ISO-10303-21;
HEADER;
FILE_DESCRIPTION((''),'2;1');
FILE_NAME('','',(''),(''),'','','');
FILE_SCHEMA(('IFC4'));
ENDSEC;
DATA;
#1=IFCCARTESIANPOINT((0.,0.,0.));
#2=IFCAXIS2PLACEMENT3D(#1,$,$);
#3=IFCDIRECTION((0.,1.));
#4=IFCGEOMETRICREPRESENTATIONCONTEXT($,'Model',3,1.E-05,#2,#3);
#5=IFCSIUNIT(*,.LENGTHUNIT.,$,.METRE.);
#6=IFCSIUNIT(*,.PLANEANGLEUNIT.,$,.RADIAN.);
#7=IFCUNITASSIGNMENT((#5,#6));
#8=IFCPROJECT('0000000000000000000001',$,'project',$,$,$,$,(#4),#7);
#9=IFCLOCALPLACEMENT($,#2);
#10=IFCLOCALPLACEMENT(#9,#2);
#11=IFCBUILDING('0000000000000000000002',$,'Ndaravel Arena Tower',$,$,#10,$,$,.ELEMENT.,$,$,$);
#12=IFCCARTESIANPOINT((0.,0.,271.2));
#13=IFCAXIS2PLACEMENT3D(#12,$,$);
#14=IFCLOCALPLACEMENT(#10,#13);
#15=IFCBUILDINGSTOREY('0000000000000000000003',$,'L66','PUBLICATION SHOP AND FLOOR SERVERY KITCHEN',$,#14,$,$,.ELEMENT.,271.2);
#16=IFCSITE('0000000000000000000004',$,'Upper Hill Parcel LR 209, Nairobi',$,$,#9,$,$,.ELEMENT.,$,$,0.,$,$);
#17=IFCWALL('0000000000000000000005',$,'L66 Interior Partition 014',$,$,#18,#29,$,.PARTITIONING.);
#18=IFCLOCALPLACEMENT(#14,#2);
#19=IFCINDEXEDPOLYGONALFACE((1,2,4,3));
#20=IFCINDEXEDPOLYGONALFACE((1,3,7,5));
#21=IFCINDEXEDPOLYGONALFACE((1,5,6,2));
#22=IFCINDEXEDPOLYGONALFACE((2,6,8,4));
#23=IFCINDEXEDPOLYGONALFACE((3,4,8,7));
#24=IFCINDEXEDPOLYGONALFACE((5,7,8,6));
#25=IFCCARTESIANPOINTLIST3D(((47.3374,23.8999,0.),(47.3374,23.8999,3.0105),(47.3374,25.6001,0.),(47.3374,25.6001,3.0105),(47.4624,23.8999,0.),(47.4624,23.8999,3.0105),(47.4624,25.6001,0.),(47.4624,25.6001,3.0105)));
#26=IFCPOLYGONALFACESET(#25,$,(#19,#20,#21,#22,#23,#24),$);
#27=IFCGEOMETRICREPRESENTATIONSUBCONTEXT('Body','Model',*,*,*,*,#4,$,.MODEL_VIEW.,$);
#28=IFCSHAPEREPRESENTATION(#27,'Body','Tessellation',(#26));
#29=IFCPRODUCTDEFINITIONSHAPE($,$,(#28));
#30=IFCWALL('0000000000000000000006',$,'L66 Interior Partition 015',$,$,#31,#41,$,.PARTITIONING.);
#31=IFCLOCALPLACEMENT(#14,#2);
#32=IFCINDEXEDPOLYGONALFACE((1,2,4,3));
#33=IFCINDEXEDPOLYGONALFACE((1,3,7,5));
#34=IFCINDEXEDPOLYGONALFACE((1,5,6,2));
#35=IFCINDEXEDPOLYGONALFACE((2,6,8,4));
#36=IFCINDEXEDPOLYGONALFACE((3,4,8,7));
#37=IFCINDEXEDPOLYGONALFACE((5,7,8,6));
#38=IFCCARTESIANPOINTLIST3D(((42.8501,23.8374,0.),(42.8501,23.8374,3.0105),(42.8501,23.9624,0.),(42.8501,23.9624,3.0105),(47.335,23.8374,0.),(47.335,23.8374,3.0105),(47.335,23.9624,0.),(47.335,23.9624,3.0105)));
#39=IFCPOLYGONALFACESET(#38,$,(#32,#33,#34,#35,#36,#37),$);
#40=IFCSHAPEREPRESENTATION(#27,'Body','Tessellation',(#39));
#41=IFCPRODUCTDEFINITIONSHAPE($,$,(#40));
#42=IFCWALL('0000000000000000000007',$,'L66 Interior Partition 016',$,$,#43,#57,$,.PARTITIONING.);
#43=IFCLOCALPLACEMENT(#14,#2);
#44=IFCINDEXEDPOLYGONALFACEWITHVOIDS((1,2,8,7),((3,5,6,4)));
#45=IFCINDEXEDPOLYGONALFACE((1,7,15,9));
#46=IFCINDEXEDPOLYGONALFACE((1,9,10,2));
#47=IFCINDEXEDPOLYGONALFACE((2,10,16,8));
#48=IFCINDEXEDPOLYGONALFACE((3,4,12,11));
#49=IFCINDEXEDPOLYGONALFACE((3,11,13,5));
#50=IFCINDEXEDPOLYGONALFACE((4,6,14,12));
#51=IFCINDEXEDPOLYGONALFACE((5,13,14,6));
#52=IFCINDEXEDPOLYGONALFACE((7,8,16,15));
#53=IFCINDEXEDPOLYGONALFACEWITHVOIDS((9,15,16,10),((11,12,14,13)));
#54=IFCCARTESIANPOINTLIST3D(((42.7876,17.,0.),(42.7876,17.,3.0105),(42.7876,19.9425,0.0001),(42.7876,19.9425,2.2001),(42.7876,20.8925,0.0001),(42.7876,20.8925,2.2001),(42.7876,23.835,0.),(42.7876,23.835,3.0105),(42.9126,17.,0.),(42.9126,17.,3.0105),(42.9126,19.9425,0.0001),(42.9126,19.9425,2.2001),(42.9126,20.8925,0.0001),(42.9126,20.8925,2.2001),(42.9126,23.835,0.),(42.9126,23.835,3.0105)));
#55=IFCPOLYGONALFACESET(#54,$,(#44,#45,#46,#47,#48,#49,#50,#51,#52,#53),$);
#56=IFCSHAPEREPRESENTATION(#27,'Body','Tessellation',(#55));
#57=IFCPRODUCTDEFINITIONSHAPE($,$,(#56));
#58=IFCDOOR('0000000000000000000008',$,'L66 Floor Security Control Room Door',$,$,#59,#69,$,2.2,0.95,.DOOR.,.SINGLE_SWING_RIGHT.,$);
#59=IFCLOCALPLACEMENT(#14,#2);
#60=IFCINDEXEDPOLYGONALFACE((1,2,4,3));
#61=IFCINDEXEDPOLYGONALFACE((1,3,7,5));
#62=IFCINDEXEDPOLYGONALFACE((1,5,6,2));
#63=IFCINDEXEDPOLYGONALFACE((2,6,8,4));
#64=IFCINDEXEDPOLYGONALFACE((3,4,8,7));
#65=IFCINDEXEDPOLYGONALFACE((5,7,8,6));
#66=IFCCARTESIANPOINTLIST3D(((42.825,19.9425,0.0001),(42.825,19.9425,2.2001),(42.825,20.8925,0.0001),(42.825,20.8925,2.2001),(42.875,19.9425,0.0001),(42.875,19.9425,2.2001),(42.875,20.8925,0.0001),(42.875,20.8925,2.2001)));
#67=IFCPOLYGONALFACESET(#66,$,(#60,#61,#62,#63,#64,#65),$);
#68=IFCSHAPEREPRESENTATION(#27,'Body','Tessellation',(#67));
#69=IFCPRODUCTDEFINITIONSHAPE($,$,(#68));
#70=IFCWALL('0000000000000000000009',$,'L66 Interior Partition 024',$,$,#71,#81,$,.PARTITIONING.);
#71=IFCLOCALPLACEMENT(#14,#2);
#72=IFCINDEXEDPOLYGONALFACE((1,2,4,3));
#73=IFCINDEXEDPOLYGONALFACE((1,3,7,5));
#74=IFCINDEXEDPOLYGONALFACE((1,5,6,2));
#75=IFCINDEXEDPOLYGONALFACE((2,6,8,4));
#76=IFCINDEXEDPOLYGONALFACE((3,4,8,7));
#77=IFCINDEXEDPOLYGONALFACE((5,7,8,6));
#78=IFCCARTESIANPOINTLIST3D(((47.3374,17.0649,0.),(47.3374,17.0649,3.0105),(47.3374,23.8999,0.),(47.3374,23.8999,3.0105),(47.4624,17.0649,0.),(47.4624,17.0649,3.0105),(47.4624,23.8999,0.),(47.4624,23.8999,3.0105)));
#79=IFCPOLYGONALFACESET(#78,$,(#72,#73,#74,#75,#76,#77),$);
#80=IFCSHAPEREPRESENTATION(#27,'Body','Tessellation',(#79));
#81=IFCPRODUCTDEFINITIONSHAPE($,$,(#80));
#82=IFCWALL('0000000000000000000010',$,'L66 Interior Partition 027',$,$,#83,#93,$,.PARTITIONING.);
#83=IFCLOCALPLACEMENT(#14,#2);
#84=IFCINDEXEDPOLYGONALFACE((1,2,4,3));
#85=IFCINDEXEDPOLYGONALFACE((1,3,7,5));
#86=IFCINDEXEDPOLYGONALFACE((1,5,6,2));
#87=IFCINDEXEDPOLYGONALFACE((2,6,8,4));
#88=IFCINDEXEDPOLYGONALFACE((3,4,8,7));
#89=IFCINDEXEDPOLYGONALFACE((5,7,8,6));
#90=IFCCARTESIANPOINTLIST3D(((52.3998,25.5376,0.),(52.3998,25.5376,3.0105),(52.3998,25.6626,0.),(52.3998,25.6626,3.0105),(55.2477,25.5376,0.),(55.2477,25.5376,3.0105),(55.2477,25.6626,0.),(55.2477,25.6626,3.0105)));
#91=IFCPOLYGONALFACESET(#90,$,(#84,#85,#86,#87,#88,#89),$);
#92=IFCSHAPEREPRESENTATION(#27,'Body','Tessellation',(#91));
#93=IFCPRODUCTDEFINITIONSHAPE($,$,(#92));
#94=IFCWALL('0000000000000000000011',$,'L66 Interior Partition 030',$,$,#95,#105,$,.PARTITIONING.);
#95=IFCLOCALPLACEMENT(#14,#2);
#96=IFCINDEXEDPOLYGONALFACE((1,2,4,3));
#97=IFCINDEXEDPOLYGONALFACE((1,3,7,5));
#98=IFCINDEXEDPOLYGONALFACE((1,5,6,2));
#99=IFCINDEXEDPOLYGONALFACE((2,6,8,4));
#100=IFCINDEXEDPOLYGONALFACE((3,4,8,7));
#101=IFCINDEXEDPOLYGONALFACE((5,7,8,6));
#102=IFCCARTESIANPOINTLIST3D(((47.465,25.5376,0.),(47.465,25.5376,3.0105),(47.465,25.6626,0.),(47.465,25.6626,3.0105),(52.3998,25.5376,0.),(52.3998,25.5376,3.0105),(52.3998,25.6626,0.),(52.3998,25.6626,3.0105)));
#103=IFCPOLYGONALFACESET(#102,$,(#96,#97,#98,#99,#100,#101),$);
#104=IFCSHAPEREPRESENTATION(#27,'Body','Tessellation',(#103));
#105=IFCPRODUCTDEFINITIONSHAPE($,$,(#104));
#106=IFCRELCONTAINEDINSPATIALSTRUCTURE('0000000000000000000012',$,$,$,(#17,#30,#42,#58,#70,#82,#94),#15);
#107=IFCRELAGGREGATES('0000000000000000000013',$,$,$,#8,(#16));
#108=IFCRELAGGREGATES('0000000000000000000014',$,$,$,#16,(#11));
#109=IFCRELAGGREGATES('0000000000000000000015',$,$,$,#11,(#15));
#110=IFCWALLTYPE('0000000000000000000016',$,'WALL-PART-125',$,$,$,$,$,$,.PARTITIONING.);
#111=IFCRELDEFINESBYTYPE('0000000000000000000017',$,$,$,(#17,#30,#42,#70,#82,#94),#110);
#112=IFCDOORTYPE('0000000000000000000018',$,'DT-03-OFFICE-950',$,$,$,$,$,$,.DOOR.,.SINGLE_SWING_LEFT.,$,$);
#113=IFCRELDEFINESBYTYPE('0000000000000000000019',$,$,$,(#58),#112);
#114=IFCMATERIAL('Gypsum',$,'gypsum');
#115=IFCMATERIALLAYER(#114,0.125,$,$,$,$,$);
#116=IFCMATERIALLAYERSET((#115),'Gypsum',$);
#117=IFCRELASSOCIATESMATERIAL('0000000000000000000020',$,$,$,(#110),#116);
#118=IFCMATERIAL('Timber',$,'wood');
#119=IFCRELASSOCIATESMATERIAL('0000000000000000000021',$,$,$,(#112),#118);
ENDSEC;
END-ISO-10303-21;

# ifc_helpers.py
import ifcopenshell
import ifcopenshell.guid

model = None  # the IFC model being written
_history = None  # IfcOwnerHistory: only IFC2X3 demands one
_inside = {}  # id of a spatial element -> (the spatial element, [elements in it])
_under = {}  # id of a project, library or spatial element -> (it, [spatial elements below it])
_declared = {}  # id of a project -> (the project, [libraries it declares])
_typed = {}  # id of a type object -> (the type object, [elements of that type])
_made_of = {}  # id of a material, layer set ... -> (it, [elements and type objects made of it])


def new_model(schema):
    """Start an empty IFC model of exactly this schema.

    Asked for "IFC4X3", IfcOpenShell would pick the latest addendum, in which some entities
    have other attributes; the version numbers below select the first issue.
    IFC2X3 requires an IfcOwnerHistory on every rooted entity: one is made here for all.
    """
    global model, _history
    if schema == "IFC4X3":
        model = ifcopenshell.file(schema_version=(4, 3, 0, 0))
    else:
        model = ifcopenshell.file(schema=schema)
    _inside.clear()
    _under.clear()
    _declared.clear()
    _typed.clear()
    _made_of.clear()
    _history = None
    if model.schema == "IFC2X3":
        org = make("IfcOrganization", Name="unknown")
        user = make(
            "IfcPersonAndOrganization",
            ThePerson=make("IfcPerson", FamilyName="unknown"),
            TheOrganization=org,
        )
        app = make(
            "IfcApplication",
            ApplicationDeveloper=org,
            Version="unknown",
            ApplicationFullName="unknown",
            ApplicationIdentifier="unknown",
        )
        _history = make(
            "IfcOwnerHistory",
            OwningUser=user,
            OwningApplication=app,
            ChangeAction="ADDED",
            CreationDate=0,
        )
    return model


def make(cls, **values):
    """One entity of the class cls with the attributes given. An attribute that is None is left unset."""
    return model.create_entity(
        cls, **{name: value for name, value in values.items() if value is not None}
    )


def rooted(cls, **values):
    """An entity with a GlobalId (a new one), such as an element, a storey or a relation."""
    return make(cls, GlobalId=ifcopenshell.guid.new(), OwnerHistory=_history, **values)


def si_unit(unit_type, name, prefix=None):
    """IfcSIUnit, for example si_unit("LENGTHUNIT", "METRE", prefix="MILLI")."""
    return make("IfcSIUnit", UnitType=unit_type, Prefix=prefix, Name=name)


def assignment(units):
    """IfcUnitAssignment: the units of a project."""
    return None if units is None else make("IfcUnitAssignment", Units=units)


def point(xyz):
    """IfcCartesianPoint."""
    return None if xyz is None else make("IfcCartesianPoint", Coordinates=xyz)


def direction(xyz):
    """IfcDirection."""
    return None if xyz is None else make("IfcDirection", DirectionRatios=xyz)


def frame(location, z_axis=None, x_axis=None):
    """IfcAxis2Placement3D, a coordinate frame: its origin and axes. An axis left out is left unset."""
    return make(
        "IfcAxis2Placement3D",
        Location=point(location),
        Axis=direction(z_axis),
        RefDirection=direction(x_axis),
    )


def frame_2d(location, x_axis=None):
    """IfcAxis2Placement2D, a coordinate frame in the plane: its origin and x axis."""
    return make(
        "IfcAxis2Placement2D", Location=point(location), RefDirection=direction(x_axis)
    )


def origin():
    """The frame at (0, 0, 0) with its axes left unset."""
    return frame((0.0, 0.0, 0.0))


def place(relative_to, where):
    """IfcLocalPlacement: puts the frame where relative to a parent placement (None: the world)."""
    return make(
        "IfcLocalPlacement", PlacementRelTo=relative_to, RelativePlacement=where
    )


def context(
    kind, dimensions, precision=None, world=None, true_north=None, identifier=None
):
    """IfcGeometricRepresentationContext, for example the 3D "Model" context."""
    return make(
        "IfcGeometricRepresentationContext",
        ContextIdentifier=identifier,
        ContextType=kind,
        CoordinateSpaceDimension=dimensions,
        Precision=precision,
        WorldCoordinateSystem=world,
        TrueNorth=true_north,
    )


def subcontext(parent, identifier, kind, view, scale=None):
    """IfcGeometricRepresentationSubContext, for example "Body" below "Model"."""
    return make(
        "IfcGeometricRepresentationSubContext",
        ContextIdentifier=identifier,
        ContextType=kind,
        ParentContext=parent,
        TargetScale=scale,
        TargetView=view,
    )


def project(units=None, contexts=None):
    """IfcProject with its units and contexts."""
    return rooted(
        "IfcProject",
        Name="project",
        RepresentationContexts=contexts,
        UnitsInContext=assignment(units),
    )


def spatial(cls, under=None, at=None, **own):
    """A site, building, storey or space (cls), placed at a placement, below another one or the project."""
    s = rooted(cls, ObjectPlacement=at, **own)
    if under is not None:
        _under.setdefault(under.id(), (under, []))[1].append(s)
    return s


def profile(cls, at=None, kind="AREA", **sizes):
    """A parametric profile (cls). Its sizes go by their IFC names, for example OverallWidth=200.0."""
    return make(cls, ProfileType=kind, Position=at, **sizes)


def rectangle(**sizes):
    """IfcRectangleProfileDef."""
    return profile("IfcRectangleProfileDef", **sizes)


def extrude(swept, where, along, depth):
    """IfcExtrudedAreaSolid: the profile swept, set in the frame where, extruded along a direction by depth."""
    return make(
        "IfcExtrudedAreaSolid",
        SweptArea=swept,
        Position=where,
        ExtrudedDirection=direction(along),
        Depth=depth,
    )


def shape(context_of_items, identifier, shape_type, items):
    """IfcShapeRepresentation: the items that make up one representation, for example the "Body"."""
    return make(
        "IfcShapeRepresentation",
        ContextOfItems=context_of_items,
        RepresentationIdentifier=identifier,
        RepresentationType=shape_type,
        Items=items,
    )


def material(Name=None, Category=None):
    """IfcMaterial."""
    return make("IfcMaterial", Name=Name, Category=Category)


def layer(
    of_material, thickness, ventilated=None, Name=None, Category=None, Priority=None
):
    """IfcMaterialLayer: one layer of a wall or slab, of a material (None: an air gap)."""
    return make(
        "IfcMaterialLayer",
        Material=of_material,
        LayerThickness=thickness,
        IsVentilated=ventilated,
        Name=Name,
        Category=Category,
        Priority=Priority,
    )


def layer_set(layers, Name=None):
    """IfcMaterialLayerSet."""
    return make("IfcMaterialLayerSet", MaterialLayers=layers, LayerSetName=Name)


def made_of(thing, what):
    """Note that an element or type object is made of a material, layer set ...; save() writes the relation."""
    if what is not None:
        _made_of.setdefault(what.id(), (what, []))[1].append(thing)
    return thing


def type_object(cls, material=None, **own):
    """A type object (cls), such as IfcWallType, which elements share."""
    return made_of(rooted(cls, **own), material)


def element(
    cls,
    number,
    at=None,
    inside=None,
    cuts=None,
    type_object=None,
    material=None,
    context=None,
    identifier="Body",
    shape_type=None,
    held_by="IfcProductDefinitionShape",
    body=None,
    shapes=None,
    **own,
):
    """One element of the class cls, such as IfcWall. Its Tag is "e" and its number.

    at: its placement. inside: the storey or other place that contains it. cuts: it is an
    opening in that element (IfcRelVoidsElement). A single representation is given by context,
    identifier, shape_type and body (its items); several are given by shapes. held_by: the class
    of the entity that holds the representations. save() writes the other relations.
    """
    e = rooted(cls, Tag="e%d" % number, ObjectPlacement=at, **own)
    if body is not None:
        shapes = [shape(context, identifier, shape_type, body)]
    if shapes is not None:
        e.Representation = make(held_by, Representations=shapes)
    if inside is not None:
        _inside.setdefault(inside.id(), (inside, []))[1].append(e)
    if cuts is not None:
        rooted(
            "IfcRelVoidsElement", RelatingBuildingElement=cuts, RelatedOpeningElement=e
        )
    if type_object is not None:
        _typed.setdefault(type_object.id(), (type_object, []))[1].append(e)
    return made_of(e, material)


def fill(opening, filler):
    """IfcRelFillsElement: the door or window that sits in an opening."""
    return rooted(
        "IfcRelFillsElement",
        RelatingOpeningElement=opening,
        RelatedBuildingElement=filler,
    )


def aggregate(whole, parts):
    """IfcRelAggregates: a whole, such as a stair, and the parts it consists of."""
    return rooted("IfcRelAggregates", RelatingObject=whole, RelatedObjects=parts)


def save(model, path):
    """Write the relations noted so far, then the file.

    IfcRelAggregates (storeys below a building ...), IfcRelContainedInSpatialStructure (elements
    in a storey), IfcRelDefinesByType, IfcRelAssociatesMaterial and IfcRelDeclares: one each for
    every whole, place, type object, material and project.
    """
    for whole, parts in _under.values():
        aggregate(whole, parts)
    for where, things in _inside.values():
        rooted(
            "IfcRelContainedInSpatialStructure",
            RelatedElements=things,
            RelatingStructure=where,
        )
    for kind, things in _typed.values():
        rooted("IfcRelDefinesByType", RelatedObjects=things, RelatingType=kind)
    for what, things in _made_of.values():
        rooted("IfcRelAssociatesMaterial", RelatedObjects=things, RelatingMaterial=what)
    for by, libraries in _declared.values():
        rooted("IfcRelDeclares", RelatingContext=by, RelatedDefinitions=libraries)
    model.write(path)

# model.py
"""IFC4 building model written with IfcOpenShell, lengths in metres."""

from ifc_helpers import new_model, si_unit, direction, frame, frame_2d, origin, place, context, subcontext, project, spatial, rectangle, extrude, material, layer, layer_set, type_object, element, fill, save


model = new_model("IFC4")

# Units and contexts
model_context = context("Model", 3, precision=1e-05, world=origin(), true_north=direction((0.0, 1.0)))
body_context = subcontext(model_context, "Body", "Model", "MODEL_VIEW")
ifc_project = project(units=[si_unit("LENGTHUNIT", "METRE"), si_unit("PLANEANGLEUNIT", "RADIAN")], contexts=[model_context])

# Site, building, storey
site_placement = place(None, origin())
site = spatial("IfcSite", under=ifc_project, at=site_placement, Name="Upper Hill Parcel LR 209, Nairobi", CompositionType="ELEMENT", RefElevation=0.0)
building_placement = place(site_placement, origin())
building = spatial("IfcBuilding", under=site, at=building_placement, Name="Ndaravel Arena Tower", CompositionType="ELEMENT")
storey_placement = place(building_placement, frame((0.0, 0.0, 271.2)))
storey = spatial("IfcBuildingStorey", under=building, at=storey_placement, Name="L66", Description="PUBLICATION SHOP AND FLOOR SERVERY KITCHEN", CompositionType="ELEMENT", Elevation=271.2)

# Shared definitions
ifc_material_1 = material(Name="Gypsum", Category="gypsum")
ifc_layer_1 = layer(ifc_material_1, 0.125)
ifc_layer_set_1 = layer_set([ifc_layer_1], Name="Gypsum")
wall_type = type_object("IfcWallType", Name="WALL-PART-125", PredefinedType="PARTITIONING", material=ifc_layer_set_1)
ifc_material_2 = material(Name="Timber", Category="wood")
door_type = type_object("IfcDoorType", Name="DT-03-OFFICE-950", OperationType="SINGLE_SWING_LEFT", PredefinedType="DOOR", material=ifc_material_2)

# Walls
wall_1_placement = place(storey_placement, frame((47.3999, 25.6001, 0.0), z_axis=(0.0, 0.0, 1.0), x_axis=(0.0, -1.0, 0.0)))
element("IfcWall", 1, at=wall_1_placement, inside=storey, type_object=wall_type, Name="L66 Interior Partition 014", PredefinedType="PARTITIONING", context=body_context, shape_type="SweptSolid", body=[
    extrude(rectangle(XDim=1.7002, YDim=0.125, at=frame_2d((0.8501, 0.0))), origin(), (0.0, 0.0, 1.0), 3.0105),
])
wall_2_placement = place(storey_placement, frame((47.335, 23.8999, 0.0), z_axis=(0.0, 0.0, 1.0), x_axis=(-1.0, 0.0, 0.0)))
element("IfcWall", 2, at=wall_2_placement, inside=storey, type_object=wall_type, Name="L66 Interior Partition 015", PredefinedType="PARTITIONING", context=body_context, shape_type="SweptSolid", body=[
    extrude(rectangle(XDim=4.4849, YDim=0.125, at=frame_2d((2.2424, 0.0))), origin(), (0.0, 0.0, 1.0), 3.0105),
])

# Wall, opening, door
wall_3_placement = place(storey_placement, frame((42.8501, 23.835, 0.0), z_axis=(0.0, 0.0, 1.0), x_axis=(0.0, -1.0, 0.0)))
wall_3 = element("IfcWall", 3, at=wall_3_placement, inside=storey, type_object=wall_type, Name="L66 Interior Partition 016", PredefinedType="PARTITIONING", context=body_context, shape_type="SweptSolid", body=[
    extrude(rectangle(XDim=6.835, YDim=0.125, at=frame_2d((3.4175, 0.0))), origin(), (0.0, 0.0, 1.0), 3.0105),
])
opening_1_placement = place(wall_3_placement, frame((2.9424, 0.0, 0.0)))
opening_1 = element("IfcOpeningElement", 4, at=opening_1_placement, cuts=wall_3, PredefinedType="OPENING", context=body_context, shape_type="SweptSolid", body=[
    extrude(rectangle(XDim=0.95, YDim=2.2, at=frame_2d((0.4751, 1.1001))), frame((0.0, 0.0625, 0.0), z_axis=(0.0, -1.0, 0.0), x_axis=(1.0, 0.0, 0.0)), (0.0, 0.0, 1.0), 0.125),
])
door_1_placement = place(opening_1_placement, origin())
door_1 = element("IfcDoor", 5, at=door_1_placement, inside=storey, type_object=door_type, Name="L66 Floor Security Control Room Door", OperationType="SINGLE_SWING_RIGHT", OverallHeight=2.2, OverallWidth=0.95, PredefinedType="DOOR", context=body_context, shape_type="SweptSolid", body=[
    extrude(rectangle(XDim=0.95, YDim=2.2, at=frame_2d((0.4751, 1.1001))), frame((0.0, 0.0249, 0.0), z_axis=(0.0, -1.0, 0.0), x_axis=(1.0, 0.0, 0.0)), (0.0, 0.0, 1.0), 0.05),
])
fill(opening_1, door_1)

# Walls
wall_4_placement = place(storey_placement, frame((47.3999, 23.8999, 0.0), z_axis=(0.0, 0.0, 1.0), x_axis=(0.0, -1.0, 0.0)))
element("IfcWall", 6, at=wall_4_placement, inside=storey, type_object=wall_type, Name="L66 Interior Partition 024", PredefinedType="PARTITIONING", context=body_context, shape_type="SweptSolid", body=[
    extrude(rectangle(XDim=6.835, YDim=0.125, at=frame_2d((3.4175, 0.0))), origin(), (0.0, 0.0, 1.0), 3.0105),
])
wall_5_placement = place(storey_placement, frame((52.3999, 25.6001, 0.0), z_axis=(0.0, 0.0, 1.0), x_axis=(1.0, 0.0, 0.0)))
element("IfcWall", 7, at=wall_5_placement, inside=storey, type_object=wall_type, Name="L66 Interior Partition 027", PredefinedType="PARTITIONING", context=body_context, shape_type="SweptSolid", body=[
    extrude(rectangle(XDim=2.8479, YDim=0.125, at=frame_2d((1.4238, 0.0))), origin(), (0.0, 0.0, 1.0), 3.0105),
])
wall_6_placement = place(storey_placement, frame((47.4651, 25.6001, 0.0), z_axis=(0.0, 0.0, 1.0), x_axis=(1.0, 0.0, 0.0)))
element("IfcWall", 8, at=wall_6_placement, inside=storey, type_object=wall_type, Name="L66 Interior Partition 030", PredefinedType="PARTITIONING", context=body_context, shape_type="SweptSolid", body=[
    extrude(rectangle(XDim=4.9348, YDim=0.125, at=frame_2d((2.4673, 0.0))), origin(), (0.0, 0.0, 1.0), 3.0105),
])

save(model, "model.ifc")
